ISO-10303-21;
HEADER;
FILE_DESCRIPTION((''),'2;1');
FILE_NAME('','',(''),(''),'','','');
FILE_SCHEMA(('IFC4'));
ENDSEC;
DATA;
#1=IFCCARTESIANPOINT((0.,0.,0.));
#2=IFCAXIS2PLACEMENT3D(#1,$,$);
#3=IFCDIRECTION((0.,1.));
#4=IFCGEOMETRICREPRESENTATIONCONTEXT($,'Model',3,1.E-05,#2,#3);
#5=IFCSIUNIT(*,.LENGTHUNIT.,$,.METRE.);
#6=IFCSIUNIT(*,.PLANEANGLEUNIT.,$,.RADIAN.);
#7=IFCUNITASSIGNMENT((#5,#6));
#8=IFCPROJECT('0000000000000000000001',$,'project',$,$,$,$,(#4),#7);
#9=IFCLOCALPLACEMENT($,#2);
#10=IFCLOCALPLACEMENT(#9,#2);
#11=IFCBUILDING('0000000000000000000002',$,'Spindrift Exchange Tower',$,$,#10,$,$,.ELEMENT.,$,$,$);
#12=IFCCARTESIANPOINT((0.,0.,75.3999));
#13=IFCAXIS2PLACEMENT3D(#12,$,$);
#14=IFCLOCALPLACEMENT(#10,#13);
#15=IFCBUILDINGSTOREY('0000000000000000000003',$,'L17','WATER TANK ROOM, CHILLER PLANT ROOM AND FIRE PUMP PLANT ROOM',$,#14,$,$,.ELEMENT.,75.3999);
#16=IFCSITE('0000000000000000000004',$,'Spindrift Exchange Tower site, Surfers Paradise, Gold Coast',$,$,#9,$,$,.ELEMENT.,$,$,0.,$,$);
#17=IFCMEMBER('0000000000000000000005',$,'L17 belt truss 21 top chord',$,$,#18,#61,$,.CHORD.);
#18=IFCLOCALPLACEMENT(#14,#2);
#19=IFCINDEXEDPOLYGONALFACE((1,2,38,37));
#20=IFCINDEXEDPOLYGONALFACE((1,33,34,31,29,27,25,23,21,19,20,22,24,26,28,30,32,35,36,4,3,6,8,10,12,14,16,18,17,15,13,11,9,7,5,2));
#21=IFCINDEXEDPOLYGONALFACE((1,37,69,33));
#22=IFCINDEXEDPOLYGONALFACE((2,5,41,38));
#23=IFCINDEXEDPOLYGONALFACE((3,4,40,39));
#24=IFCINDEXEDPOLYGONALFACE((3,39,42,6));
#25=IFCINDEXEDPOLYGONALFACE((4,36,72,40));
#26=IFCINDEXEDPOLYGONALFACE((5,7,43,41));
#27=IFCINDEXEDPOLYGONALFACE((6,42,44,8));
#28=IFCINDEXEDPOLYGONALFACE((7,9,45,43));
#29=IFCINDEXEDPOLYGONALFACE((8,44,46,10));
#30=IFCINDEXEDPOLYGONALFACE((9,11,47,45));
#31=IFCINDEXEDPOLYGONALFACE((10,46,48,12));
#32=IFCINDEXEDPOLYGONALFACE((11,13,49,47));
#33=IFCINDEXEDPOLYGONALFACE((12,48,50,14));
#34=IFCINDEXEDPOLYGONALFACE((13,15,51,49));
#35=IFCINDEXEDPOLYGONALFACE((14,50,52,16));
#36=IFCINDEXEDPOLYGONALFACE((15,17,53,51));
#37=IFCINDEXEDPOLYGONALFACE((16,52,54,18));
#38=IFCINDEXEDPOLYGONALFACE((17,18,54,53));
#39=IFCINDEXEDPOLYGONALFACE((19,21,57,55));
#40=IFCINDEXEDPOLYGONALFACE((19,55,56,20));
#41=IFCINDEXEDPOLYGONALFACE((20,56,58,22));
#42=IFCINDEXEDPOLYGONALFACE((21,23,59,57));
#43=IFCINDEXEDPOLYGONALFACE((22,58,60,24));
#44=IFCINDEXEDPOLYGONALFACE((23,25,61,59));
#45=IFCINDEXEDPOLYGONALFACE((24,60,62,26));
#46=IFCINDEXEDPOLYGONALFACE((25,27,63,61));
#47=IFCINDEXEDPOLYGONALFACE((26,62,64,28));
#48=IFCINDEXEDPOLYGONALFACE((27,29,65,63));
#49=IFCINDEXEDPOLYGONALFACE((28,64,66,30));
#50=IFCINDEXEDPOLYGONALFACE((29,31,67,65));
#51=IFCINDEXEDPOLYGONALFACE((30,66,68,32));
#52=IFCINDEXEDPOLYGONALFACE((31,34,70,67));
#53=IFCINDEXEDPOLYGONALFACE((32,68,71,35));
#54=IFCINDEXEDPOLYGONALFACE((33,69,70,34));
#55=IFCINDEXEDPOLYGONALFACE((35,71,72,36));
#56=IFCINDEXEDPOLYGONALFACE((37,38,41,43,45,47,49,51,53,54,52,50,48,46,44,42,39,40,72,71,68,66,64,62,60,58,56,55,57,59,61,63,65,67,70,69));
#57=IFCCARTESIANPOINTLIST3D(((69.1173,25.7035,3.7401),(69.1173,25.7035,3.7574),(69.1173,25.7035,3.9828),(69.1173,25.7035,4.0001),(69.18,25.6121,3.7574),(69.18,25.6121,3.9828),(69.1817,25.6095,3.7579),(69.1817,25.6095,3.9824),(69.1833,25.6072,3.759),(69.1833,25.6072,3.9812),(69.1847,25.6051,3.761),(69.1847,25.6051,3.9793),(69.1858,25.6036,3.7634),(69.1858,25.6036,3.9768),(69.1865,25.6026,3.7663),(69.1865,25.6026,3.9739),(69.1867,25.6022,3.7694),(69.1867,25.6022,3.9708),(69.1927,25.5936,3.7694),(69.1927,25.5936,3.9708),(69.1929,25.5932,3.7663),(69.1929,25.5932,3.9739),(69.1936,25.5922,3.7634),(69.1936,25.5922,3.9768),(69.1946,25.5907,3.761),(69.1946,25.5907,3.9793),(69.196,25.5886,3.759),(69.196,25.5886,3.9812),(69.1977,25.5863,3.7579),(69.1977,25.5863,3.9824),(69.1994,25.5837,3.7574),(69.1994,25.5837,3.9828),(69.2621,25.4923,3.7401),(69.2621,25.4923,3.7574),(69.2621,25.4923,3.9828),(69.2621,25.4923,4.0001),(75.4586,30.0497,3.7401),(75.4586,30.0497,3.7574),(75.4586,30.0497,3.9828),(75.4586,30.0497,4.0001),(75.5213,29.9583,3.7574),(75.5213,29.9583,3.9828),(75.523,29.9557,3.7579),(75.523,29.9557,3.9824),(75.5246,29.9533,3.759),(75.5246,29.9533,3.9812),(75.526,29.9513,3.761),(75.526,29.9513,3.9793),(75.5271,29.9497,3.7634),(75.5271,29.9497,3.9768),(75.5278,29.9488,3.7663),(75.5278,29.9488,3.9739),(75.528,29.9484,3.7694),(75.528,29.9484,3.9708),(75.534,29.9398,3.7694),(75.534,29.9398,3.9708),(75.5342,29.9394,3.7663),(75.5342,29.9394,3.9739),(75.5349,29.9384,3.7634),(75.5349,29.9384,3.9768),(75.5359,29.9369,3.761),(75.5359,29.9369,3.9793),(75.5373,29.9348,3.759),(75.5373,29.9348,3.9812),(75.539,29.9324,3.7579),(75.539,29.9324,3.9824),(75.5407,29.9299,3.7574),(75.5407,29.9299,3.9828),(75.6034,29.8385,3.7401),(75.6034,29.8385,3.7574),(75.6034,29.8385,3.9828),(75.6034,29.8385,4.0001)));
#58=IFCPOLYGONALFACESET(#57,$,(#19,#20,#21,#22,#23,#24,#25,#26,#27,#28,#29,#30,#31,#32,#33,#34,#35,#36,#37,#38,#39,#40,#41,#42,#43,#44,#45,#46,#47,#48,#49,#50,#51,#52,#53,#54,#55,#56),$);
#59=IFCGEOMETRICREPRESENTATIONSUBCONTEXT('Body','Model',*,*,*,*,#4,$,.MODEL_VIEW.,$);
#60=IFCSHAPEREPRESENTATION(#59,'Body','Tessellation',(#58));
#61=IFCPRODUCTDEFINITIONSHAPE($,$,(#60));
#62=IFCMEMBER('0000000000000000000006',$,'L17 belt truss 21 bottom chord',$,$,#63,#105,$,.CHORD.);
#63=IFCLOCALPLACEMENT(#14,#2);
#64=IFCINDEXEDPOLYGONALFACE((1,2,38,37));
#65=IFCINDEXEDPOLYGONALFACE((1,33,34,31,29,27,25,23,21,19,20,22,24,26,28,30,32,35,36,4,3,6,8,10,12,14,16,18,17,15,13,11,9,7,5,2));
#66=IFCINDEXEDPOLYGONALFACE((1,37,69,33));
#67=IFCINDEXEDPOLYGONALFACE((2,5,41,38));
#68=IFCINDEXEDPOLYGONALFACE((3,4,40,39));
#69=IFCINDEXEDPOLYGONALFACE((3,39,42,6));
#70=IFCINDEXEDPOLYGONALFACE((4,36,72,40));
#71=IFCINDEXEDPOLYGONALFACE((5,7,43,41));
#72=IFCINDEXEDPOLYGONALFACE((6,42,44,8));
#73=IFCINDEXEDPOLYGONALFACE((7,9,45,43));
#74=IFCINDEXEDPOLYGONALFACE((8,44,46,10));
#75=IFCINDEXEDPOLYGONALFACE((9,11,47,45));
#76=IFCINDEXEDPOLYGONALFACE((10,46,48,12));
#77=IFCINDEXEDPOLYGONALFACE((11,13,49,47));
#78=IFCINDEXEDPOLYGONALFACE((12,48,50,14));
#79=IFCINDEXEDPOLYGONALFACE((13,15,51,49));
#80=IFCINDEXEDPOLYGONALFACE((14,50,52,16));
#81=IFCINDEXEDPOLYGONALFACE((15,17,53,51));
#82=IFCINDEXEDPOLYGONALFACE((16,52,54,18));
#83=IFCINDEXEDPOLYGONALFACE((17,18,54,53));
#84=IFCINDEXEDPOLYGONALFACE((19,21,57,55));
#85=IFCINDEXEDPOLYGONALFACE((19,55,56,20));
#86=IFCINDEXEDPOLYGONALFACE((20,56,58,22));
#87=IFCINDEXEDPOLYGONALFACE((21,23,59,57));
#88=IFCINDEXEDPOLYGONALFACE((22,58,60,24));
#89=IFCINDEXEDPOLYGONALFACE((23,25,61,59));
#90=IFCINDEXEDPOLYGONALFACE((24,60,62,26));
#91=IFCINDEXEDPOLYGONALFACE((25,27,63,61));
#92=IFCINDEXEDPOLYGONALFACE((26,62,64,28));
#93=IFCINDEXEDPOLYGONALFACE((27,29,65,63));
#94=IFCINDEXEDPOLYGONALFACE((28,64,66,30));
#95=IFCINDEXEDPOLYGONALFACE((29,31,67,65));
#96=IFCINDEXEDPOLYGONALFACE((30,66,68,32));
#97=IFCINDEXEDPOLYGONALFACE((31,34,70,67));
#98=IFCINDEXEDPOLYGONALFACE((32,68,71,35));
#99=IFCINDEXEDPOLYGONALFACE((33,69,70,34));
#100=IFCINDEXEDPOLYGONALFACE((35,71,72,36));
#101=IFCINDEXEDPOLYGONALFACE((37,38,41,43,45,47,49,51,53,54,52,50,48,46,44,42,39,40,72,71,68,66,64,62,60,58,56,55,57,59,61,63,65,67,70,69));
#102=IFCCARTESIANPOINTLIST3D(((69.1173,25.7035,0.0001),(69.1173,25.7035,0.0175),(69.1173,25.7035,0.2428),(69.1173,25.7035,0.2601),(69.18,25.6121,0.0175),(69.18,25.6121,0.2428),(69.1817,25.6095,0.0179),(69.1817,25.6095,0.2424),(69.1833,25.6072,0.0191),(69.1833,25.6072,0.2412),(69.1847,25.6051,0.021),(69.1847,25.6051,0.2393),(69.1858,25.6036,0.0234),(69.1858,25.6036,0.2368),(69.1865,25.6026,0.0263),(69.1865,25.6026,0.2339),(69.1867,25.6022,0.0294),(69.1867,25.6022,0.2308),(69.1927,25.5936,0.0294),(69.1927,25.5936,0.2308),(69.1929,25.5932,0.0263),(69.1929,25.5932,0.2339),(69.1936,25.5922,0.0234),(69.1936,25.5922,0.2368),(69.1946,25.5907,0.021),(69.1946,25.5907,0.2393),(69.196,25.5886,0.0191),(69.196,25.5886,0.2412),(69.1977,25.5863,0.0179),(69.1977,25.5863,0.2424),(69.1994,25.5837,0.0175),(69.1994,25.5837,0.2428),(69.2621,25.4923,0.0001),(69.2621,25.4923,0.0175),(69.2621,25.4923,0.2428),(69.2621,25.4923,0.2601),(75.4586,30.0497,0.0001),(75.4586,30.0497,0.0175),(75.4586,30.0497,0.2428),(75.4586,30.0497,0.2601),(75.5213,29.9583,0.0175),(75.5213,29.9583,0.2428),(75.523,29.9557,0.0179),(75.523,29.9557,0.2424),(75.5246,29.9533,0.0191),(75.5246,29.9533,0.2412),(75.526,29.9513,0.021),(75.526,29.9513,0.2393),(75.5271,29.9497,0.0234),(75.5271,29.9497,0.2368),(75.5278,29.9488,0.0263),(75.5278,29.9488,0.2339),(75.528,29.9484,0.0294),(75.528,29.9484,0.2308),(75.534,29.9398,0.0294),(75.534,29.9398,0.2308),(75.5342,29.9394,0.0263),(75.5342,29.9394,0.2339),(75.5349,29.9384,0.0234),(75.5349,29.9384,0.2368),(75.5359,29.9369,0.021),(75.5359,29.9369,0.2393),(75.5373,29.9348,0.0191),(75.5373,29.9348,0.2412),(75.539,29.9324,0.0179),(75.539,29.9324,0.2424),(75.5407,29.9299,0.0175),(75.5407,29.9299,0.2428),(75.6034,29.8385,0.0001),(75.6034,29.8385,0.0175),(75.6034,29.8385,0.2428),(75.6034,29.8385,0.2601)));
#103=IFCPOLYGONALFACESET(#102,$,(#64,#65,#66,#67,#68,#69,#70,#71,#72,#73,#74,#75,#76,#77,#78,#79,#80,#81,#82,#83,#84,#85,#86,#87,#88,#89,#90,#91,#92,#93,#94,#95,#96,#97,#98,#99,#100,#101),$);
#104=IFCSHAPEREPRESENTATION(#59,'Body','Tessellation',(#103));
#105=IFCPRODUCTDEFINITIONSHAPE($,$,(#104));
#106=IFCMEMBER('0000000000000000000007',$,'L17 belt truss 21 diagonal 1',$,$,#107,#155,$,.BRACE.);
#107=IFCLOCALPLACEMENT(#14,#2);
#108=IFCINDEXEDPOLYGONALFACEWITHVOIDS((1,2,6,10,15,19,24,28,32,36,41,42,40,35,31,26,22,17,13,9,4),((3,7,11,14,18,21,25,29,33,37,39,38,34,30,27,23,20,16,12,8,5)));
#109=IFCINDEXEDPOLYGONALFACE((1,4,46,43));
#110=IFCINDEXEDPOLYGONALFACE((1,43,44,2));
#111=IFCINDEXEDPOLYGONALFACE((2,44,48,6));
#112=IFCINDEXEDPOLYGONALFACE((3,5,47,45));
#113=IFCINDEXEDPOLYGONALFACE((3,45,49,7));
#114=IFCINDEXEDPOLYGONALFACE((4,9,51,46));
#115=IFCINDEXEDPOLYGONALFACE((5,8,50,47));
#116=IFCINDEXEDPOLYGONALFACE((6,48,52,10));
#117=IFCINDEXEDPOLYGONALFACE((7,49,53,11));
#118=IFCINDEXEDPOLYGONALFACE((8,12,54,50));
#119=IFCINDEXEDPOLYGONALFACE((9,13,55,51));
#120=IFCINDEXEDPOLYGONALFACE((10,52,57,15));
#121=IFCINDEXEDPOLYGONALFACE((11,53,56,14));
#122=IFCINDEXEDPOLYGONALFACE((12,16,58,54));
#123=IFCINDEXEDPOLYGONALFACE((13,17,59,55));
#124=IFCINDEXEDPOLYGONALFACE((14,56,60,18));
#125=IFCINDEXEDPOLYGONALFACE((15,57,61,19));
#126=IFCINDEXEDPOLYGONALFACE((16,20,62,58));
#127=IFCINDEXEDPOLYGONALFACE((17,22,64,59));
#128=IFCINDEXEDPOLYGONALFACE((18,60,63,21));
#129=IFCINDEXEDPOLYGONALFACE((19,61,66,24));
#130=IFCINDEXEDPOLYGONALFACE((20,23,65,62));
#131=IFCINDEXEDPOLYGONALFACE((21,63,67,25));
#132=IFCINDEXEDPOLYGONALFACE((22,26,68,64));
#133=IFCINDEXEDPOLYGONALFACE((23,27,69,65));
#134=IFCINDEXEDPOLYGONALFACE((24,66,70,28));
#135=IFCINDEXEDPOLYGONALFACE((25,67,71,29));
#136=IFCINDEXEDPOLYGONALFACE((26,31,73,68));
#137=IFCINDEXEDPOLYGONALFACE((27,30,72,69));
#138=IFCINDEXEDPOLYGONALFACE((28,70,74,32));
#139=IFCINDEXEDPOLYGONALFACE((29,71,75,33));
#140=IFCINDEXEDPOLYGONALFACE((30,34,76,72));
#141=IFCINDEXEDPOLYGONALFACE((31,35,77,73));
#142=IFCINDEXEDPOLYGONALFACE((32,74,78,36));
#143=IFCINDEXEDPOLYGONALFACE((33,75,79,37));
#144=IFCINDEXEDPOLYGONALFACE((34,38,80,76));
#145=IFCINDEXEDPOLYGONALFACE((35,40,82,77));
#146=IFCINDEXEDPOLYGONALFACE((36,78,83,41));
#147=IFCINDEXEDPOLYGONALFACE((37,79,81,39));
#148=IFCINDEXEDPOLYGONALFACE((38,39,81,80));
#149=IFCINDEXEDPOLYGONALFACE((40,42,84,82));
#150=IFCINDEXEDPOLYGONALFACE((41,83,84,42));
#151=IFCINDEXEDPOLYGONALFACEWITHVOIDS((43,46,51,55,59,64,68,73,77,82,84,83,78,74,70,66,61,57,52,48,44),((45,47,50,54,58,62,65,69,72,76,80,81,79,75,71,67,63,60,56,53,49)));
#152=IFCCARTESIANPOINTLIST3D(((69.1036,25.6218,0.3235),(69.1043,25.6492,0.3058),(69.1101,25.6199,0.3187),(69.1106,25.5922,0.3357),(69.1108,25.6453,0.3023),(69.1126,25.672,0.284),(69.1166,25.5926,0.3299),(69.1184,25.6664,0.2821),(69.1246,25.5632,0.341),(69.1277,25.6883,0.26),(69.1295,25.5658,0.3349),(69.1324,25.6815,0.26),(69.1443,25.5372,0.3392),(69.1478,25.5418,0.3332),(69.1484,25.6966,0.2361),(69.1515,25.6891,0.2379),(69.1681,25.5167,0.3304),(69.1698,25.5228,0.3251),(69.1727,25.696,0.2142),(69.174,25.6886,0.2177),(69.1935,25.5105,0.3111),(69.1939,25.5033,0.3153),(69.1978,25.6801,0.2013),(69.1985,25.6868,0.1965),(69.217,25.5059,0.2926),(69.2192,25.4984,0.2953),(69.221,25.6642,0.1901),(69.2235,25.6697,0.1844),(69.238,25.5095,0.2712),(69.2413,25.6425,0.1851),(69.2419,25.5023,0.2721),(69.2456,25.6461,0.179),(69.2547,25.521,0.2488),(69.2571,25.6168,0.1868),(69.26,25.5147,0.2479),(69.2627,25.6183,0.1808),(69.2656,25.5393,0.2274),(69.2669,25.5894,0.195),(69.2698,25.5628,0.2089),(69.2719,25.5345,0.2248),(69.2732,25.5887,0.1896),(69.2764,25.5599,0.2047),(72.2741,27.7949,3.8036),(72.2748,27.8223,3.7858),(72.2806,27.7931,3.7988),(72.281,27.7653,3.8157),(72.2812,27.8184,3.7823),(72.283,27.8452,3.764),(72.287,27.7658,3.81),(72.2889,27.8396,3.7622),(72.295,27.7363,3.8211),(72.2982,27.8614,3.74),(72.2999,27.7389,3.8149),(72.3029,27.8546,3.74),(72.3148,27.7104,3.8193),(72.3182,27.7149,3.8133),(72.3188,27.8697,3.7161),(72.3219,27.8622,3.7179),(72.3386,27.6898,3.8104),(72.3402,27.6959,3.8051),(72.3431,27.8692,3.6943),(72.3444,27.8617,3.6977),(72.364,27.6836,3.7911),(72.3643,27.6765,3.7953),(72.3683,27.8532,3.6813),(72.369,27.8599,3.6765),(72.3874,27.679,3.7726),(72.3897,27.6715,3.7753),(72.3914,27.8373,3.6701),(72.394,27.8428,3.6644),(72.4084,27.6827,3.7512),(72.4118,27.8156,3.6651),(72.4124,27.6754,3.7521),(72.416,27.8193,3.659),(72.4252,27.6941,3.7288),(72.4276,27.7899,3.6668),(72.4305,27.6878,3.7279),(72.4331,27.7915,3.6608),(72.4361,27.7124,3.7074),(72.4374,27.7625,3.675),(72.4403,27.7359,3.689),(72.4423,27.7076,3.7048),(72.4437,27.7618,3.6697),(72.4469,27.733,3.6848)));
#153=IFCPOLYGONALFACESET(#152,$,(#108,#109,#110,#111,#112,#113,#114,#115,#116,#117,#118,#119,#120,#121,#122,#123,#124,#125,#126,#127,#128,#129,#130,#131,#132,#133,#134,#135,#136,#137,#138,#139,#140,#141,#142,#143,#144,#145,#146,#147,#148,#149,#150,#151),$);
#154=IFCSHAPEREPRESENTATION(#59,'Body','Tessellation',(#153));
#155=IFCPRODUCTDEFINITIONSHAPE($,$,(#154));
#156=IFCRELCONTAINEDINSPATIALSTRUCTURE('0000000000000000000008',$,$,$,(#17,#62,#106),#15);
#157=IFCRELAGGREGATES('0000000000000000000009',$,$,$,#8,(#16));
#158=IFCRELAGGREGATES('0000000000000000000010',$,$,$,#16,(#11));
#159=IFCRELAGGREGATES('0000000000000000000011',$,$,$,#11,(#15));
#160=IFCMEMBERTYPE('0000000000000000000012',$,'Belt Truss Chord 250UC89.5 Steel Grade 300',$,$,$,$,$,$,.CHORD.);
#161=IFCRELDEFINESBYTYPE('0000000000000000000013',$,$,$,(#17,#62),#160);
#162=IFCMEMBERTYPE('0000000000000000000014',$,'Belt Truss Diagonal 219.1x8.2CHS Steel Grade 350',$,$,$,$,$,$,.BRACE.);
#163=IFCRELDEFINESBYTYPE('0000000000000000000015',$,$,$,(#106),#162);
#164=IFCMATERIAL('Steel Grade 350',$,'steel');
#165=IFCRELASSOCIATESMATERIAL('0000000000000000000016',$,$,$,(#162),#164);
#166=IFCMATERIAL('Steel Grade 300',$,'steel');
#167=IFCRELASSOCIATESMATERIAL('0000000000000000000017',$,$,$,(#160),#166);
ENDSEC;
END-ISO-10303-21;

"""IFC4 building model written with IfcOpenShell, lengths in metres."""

from ifc_helpers import new_model, si_unit, direction, frame, origin, origin_2d, place, context, subcontext, project, spatial, hollow_circle, i_section, extrude, source, transform, mapped, material, material_profile, profile_set, type_object, element, save


model = new_model("IFC4")

# Units and contexts
model_context = context("Model", 3, precision=1e-05, world=origin(), true_north=direction((0.0, 1.0)))
body_context = subcontext(model_context, "Body", "Model", "MODEL_VIEW")
ifc_project = project(units=[si_unit("LENGTHUNIT", "METRE"), si_unit("PLANEANGLEUNIT", "RADIAN")], contexts=[model_context])

# Site, building, storey
site_placement = place(None, origin())
site = spatial("IfcSite", under=ifc_project, at=site_placement, Name="Spindrift Exchange Tower site, Surfers Paradise, Gold Coast", CompositionType="ELEMENT", RefElevation=0.0)
building_placement = place(site_placement, origin())
building = spatial("IfcBuilding", under=site, at=building_placement, Name="Spindrift Exchange Tower", CompositionType="ELEMENT")
storey_placement = place(building_placement, frame((0.0, 0.0, 75.3999)))
storey = spatial("IfcBuildingStorey", under=building, at=storey_placement, Name="L17", Description="WATER TANK ROOM, CHILLER PLANT ROOM AND FIRE PUMP PLANT ROOM", CompositionType="ELEMENT", Elevation=75.3999)

# Shared definitions
ifc_material_1 = material(Name="Steel Grade 300", Category="steel")

# Members
ifc_material_2 = material(Name="Steel Grade 350", Category="steel")
ifc_material_profile_1 = material_profile(ifc_material_2, hollow_circle(Radius=0.1096, WallThickness=0.0083, at=origin_2d()), Name="219.1x8.2CHS")
ifc_profile_set_1 = profile_set([ifc_material_profile_1], Name="Steel Grade 350")
member_type_1 = type_object("IfcMemberType", Name="Belt Truss Diagonal 219.1x8.2CHS Steel Grade 350", PredefinedType="BRACE", material=ifc_profile_set_1)
ifc_material_profile_2 = material_profile(ifc_material_1, i_section(OverallWidth=0.2561, OverallDepth=0.26, WebThickness=0.0105, FlangeThickness=0.0173, FilletRadius=0.012, at=origin_2d()), Name="250UC89.5")
ifc_profile_set_2 = profile_set([ifc_material_profile_2], Name="Steel Grade 300")
member_type_2 = type_object("IfcMemberType", Name="Belt Truss Chord 250UC89.5 Steel Grade 300", PredefinedType="CHORD", material=ifc_profile_set_2)
shared_shape_1 = source(origin(), body_context, "Body", "SweptSolid", [
    extrude(i_section(OverallWidth=0.2561, OverallDepth=0.26, WebThickness=0.0105, FlangeThickness=0.0173, FilletRadius=0.012, at=origin_2d()), origin(), (0.0, 0.0, 1.0), 7.6877),
])
for number, where, z_axis, x_axis, name in (
    (1, (69.1897, 25.5979, 3.8701), (0.824858, 0.565339, 0.0), (-0.565339, 0.824858, 0.0), "L17 belt truss 21 top chord"),
    (2, (69.1897, 25.5979, 0.1301), (0.824858, 0.565339, 0.0), (-0.565339, 0.824858, 0.0), "L17 belt truss 21 bottom chord"),
):
    element("IfcMember", number, at=place(storey_placement, frame(where, z_axis=z_axis, x_axis=x_axis)), inside=storey, type_object=member_type_2, Name=name, PredefinedType="CHORD", context=body_context, shape_type="MappedRepresentation", body=[
        mapped(shared_shape_1, transform((0.0, 0.0, 0.0), scale=1.0)),
    ])
shared_shape_2 = source(origin(), body_context, "Body", "SweptSolid", [
    extrude(hollow_circle(Radius=0.1096, WallThickness=0.0083, at=origin_2d()), origin(), (0.0, 0.0, 1.0), 5.1851),
])
member_1_placement = place(storey_placement, frame((69.1897, 25.5979, 0.26), z_axis=(0.611459, 0.419113, 0.671165), x_axis=(-0.565369, 0.824838, 0.0)))
element("IfcMember", 3, at=member_1_placement, inside=storey, type_object=member_type_1, Name="L17 belt truss 21 diagonal 1", PredefinedType="BRACE", context=body_context, shape_type="MappedRepresentation", body=[
    mapped(shared_shape_2, transform((0.0, 0.0, 0.0), scale=1.0)),
])

save(model, "model.ifc")
